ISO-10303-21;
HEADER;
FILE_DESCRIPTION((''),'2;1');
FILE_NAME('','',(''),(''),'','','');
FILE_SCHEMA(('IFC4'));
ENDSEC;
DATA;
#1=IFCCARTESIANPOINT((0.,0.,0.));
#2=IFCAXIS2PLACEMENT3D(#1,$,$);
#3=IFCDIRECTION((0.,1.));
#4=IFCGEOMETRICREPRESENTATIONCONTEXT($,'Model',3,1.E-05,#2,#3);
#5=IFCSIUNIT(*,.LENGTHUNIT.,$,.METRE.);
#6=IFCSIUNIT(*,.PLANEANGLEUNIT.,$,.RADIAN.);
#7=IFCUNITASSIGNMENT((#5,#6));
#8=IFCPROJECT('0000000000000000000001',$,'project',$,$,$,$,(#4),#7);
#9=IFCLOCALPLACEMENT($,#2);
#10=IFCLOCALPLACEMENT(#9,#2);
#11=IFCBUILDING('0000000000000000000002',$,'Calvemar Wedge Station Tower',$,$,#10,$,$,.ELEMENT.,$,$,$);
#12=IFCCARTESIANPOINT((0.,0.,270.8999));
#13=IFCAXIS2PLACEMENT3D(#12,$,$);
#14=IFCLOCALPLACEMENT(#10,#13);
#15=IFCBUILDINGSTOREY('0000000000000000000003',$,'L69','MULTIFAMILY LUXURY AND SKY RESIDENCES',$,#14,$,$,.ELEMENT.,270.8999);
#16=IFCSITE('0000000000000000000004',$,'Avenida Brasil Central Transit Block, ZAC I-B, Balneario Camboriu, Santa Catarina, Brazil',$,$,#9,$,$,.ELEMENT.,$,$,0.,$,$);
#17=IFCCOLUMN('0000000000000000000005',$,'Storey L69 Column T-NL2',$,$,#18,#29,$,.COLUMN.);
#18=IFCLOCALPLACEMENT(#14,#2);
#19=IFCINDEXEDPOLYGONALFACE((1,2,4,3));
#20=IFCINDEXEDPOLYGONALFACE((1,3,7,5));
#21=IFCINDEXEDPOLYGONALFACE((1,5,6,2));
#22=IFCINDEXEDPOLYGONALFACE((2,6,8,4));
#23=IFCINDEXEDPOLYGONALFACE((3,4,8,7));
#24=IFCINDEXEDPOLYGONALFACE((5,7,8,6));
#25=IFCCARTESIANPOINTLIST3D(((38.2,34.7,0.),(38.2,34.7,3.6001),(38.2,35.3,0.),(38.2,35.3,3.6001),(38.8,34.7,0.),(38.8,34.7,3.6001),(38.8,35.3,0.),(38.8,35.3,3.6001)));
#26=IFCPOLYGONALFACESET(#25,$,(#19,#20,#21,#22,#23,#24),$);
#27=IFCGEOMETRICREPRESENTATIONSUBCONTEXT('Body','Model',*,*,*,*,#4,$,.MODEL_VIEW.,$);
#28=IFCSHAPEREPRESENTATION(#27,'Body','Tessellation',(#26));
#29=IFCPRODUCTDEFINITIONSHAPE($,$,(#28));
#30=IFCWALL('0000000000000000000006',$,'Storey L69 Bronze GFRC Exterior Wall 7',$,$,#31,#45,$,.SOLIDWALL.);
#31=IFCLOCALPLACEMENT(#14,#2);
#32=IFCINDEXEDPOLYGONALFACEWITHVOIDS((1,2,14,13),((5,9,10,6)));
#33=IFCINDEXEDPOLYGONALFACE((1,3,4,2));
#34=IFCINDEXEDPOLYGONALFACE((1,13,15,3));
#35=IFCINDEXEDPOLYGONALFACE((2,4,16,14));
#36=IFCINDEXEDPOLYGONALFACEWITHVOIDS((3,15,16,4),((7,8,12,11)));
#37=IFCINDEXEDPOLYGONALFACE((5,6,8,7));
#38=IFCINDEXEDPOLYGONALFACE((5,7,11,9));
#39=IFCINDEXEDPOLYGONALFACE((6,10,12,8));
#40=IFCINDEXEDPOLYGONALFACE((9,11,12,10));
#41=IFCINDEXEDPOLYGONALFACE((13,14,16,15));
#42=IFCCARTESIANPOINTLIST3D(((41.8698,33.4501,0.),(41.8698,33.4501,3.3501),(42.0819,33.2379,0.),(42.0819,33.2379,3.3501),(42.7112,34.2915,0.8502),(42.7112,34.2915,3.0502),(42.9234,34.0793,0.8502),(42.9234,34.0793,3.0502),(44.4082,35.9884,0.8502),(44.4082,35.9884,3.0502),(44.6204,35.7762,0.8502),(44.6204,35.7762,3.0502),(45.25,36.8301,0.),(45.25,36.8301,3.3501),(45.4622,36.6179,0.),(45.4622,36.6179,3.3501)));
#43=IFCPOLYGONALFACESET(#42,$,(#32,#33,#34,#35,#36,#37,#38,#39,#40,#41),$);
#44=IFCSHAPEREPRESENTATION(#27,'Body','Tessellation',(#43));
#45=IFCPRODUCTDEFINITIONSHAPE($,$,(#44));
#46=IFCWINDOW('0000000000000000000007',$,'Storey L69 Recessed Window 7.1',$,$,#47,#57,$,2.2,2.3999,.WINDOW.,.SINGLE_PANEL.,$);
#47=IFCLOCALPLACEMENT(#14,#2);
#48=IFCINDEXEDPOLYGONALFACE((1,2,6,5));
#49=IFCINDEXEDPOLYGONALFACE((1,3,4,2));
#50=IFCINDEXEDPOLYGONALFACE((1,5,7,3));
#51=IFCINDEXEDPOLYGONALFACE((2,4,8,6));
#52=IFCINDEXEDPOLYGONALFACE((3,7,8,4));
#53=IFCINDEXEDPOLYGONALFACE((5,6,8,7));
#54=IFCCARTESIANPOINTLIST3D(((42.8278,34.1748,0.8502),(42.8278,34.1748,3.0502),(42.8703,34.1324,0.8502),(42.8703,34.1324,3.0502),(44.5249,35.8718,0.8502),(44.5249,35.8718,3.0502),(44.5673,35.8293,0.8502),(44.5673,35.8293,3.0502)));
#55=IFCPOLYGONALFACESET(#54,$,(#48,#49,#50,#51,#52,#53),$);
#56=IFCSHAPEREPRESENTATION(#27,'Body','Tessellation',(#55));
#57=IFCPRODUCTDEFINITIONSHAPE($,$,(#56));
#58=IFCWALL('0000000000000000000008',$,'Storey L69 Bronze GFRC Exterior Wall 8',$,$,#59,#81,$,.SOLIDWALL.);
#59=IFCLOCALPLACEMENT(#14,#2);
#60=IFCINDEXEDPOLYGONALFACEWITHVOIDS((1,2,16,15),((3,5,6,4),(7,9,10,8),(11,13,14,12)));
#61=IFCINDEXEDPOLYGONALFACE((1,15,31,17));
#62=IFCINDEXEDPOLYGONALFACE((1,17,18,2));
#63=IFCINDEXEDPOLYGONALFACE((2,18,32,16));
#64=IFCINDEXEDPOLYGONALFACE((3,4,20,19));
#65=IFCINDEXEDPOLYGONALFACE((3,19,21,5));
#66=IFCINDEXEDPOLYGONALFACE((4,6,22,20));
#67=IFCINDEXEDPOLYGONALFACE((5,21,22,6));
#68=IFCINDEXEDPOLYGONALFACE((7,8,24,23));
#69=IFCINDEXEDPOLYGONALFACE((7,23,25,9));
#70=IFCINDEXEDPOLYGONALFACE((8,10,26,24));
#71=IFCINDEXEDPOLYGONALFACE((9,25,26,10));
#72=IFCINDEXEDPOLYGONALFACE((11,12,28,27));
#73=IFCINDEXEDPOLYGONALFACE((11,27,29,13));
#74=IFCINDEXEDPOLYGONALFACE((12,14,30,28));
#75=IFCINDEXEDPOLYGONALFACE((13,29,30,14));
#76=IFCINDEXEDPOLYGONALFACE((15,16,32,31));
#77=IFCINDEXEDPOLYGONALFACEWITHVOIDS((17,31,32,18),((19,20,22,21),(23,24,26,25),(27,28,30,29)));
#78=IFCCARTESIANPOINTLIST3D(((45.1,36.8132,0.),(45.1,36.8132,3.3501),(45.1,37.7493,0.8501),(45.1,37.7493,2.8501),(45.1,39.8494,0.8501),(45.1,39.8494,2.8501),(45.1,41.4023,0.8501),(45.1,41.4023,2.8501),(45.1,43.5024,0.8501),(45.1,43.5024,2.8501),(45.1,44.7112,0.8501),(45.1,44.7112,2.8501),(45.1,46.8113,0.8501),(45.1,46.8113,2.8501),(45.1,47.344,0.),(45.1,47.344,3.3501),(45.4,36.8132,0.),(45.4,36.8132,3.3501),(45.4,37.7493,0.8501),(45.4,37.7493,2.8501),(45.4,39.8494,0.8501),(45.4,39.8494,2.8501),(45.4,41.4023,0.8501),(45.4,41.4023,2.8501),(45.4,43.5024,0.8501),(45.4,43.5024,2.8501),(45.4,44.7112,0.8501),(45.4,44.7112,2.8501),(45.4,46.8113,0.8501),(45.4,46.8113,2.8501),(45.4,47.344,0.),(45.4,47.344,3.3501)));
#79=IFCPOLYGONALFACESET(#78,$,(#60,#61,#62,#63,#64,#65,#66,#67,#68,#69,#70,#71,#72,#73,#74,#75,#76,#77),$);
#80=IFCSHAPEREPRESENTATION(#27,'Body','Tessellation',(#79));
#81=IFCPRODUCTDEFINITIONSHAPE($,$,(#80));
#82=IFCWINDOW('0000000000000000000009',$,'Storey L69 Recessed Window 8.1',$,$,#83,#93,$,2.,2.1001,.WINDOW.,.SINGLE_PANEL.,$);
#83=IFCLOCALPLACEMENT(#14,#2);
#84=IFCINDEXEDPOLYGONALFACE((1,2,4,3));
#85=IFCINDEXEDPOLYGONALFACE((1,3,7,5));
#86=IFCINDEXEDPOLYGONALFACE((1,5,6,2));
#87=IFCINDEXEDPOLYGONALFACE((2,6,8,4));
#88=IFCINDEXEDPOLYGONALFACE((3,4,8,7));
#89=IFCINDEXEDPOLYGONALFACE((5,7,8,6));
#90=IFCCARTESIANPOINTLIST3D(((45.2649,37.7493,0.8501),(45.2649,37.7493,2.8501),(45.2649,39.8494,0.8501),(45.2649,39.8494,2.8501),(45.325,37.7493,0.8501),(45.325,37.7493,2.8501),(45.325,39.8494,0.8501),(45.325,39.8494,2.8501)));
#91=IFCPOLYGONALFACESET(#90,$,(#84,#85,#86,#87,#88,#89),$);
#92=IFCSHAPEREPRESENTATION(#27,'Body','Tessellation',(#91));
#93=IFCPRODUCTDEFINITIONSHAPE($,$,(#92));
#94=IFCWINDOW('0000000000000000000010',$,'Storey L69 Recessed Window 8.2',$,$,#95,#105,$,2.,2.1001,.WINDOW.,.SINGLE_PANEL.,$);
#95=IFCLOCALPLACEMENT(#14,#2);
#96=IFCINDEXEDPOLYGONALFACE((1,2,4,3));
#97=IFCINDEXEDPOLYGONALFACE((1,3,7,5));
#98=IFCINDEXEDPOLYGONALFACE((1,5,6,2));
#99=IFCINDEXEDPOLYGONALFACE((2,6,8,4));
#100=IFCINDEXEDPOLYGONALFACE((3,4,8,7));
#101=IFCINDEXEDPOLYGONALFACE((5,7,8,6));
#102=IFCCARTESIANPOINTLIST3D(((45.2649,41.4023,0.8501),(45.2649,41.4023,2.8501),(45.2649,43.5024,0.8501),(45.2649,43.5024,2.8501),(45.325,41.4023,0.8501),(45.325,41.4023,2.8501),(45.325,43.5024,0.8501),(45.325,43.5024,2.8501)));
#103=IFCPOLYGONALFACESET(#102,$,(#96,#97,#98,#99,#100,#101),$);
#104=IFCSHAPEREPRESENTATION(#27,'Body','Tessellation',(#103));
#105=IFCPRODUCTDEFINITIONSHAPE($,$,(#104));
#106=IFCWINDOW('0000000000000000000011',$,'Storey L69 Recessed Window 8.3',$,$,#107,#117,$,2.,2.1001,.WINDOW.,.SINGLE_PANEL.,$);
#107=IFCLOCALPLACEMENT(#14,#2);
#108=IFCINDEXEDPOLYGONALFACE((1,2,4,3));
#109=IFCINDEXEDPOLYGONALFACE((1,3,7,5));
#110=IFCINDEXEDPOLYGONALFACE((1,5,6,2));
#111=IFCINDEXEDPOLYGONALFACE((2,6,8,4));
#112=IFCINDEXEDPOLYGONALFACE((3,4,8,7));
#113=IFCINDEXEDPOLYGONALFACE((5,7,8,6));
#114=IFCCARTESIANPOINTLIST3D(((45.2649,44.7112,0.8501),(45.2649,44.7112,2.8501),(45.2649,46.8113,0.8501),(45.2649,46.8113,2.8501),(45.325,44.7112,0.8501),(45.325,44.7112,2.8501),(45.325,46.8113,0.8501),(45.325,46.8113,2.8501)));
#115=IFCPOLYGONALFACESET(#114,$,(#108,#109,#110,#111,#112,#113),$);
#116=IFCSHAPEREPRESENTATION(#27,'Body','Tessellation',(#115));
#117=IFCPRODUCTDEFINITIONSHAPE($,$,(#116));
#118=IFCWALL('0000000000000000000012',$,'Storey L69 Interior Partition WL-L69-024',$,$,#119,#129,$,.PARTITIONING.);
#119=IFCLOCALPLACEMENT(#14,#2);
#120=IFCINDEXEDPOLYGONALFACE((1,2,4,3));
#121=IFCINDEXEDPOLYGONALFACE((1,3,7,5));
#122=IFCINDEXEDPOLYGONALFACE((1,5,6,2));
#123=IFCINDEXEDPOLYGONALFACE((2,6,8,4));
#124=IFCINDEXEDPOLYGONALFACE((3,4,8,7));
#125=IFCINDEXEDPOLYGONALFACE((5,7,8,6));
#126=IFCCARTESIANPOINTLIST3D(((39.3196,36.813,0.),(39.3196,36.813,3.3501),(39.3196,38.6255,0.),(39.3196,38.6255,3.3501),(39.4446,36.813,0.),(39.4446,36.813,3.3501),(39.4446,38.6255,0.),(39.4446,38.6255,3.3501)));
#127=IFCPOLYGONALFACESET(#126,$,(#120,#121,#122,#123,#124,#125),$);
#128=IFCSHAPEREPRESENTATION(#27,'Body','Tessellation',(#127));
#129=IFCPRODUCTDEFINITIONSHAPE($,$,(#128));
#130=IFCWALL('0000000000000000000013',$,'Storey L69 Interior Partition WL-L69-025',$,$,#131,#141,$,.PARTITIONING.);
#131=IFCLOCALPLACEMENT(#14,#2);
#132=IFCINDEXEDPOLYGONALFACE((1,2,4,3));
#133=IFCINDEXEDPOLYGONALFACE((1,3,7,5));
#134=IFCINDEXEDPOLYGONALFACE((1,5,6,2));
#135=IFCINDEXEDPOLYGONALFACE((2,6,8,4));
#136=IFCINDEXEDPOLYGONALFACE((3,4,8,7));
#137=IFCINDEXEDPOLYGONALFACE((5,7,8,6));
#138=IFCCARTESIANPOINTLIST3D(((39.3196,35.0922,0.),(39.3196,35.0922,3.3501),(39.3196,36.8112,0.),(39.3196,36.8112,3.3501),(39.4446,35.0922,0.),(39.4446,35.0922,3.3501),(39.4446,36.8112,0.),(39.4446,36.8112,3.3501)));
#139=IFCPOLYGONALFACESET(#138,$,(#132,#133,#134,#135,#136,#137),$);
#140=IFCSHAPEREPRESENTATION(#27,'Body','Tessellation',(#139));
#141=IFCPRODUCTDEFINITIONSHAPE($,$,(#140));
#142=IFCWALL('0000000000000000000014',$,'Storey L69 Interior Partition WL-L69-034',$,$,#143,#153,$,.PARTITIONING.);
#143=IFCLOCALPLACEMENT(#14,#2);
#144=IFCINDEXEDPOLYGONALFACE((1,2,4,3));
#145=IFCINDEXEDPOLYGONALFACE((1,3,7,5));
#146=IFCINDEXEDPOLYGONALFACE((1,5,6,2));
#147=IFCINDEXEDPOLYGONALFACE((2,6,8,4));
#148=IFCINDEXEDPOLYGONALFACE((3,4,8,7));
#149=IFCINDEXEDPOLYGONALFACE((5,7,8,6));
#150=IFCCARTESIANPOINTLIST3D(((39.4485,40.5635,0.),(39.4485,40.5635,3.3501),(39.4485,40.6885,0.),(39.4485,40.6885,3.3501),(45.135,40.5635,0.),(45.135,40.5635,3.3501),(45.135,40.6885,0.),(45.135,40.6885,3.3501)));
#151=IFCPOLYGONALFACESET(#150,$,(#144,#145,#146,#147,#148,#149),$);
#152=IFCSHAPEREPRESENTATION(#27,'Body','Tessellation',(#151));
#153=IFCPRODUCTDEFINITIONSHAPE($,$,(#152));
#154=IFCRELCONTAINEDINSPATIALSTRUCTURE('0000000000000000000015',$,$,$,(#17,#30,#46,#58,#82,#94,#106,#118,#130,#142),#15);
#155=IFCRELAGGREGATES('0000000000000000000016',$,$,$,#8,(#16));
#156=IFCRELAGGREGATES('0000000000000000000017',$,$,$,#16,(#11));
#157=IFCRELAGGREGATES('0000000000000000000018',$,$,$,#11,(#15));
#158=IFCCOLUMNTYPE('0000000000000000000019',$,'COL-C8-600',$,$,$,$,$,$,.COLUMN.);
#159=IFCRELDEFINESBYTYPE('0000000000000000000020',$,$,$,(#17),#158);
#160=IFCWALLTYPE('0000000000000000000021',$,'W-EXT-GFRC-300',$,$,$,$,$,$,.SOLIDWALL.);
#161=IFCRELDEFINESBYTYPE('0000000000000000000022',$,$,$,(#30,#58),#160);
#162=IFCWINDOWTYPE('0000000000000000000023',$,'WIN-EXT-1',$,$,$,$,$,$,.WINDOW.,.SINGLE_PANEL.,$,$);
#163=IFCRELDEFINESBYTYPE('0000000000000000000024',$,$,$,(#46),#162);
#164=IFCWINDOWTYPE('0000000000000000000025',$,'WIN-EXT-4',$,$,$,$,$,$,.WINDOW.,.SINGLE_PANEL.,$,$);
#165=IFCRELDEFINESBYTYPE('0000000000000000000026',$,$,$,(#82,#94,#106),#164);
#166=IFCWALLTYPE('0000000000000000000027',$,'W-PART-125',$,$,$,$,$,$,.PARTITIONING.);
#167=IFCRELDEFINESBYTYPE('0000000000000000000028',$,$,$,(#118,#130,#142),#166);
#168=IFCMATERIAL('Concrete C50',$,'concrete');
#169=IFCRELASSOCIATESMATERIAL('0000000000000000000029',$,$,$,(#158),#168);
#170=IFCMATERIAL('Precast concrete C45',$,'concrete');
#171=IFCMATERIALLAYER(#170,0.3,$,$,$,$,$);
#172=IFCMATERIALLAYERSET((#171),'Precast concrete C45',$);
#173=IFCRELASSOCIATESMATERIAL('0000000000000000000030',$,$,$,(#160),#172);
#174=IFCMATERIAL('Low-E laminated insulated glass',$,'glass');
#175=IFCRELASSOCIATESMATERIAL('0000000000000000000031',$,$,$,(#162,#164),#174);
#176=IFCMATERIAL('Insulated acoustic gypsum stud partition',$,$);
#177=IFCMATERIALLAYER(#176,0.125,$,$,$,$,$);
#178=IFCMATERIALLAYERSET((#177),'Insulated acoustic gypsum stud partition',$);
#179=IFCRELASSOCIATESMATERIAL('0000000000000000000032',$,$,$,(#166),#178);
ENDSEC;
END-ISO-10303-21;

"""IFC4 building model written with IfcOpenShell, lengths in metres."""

from ifc_helpers import new_model, si_unit, direction, frame, frame_2d, origin, origin_2d, place, context, subcontext, project, spatial, rectangle, extrude, source, transform, mapped, material, layer, layer_set, material_profile, profile_set, type_object, element, fill, save


model = new_model("IFC4")

# Units and contexts
model_context = context("Model", 3, precision=1e-05, world=origin(), true_north=direction((0.0, 1.0)))
body_context = subcontext(model_context, "Body", "Model", "MODEL_VIEW")
ifc_project = project(units=[si_unit("LENGTHUNIT", "METRE"), si_unit("PLANEANGLEUNIT", "RADIAN")], contexts=[model_context])

# Site, building, storey
site_placement = place(None, origin())
site = spatial("IfcSite", under=ifc_project, at=site_placement, Name="Avenida Brasil Central Transit Block, ZAC I-B, Balneario Camboriu, Santa Catarina, Brazil", CompositionType="ELEMENT", RefElevation=0.0)
building_placement = place(site_placement, origin())
building = spatial("IfcBuilding", under=site, at=building_placement, Name="Calvemar Wedge Station Tower", CompositionType="ELEMENT")
storey_placement = place(building_placement, frame((0.0, 0.0, 270.8999)))
storey = spatial("IfcBuildingStorey", under=building, at=storey_placement, Name="L69", Description="MULTIFAMILY LUXURY AND SKY RESIDENCES", CompositionType="ELEMENT", Elevation=270.8999)

# Column
ifc_material_1 = material(Name="Concrete C50", Category="concrete")
ifc_material_profile = material_profile(ifc_material_1, rectangle(XDim=0.6001, YDim=0.6001, at=origin_2d()), Name="RC600x600")
ifc_profile_set = profile_set([ifc_material_profile], Name="Concrete C50")
column_type = type_object("IfcColumnType", Name="COL-C8-600", PredefinedType="COLUMN", material=ifc_profile_set)
shared_shape_1 = source(origin(), body_context, "Body", "SweptSolid", [
    extrude(rectangle(XDim=0.6001, YDim=0.6001, at=origin_2d()), origin(), (0.0, 0.0, 1.0), 3.6001),
])
column_placement = place(storey_placement, frame((38.5, 35.0, 0.0), z_axis=(0.0, 0.0, 1.0), x_axis=(1.0, 0.0, 0.0)))
element("IfcColumn", 1, at=column_placement, inside=storey, type_object=column_type, Name="Storey L69 Column T-NL2", PredefinedType="COLUMN", context=body_context, shape_type="MappedRepresentation", body=[
    mapped(shared_shape_1, transform((0.0, 0.0, 0.0), scale=1.0)),
])

# Wall, opening, window
ifc_material_2 = material(Name="Precast concrete C45", Category="concrete")
ifc_layer_1 = layer(ifc_material_2, 0.3)
ifc_layer_set_1 = layer_set([ifc_layer_1], Name="Precast concrete C45")
wall_type_1 = type_object("IfcWallType", Name="W-EXT-GFRC-300", PredefinedType="SOLIDWALL", material=ifc_layer_set_1)
wall_1_placement = place(storey_placement, frame((41.9758, 33.344, 0.0), z_axis=(0.0, 0.0, 1.0), x_axis=(0.707132, 0.707081, 0.0)))
wall_1 = element("IfcWall", 2, at=wall_1_placement, inside=storey, type_object=wall_type_1, Name="Storey L69 Bronze GFRC Exterior Wall 7", PredefinedType="SOLIDWALL", context=body_context, shape_type="SweptSolid", body=[
    extrude(rectangle(XDim=4.7803, YDim=0.3, at=frame_2d((2.3901, 0.0))), origin(), (0.0, 0.0, 1.0), 3.3501),
])
shared_shape_2 = source(origin(), body_context, "Body", "SweptSolid", [
    extrude(rectangle(XDim=2.3999, YDim=2.2, at=frame_2d((1.2, 1.1001))), frame((0.0, 0.1602, 0.0), z_axis=(0.0, -1.0, 0.0), x_axis=(1.0, 0.0, 0.0)), (0.0, 0.0, 1.0), 0.3201),
])
opening_1_placement = place(wall_1_placement, frame((1.1899, 0.0, 0.8501)))
opening_1 = element("IfcOpeningElement", 3, at=opening_1_placement, cuts=wall_1, PredefinedType="OPENING", context=body_context, shape_type="MappedRepresentation", body=[
    mapped(shared_shape_2, transform((0.0, 0.0, 0.0), scale=1.0)),
])
ifc_material_3 = material(Name="Low-E laminated insulated glass", Category="glass")
window_type_1 = type_object("IfcWindowType", Name="WIN-EXT-1", PartitioningType="SINGLE_PANEL", PredefinedType="WINDOW", material=ifc_material_3)
shared_shape_3 = source(origin(), body_context, "Body", "SweptSolid", [
    extrude(rectangle(XDim=2.3999, YDim=2.2, at=frame_2d((1.2, 1.1001))), frame((0.0, -0.0149, 0.0), z_axis=(0.0, -1.0, 0.0), x_axis=(1.0, 0.0, 0.0)), (0.0, 0.0, 1.0), 0.0601),
])
window_1_placement = place(opening_1_placement, origin())
window_1 = element("IfcWindow", 4, at=window_1_placement, inside=storey, type_object=window_type_1, Name="Storey L69 Recessed Window 7.1", OverallHeight=2.2, OverallWidth=2.3999, PartitioningType="SINGLE_PANEL", PredefinedType="WINDOW", context=body_context, shape_type="MappedRepresentation", body=[
    mapped(shared_shape_3, transform((0.0, 0.0, 0.0), scale=1.0)),
])
fill(opening_1, window_1)

# Wall, openings, windows
wall_2_placement = place(storey_placement, frame((45.25, 36.8132, 0.0), z_axis=(0.0, 0.0, 1.0), x_axis=(0.0, 1.0, 0.0)))
wall_2 = element("IfcWall", 5, at=wall_2_placement, inside=storey, type_object=wall_type_1, Name="Storey L69 Bronze GFRC Exterior Wall 8", PredefinedType="SOLIDWALL", context=body_context, shape_type="SweptSolid", body=[
    extrude(rectangle(XDim=10.5308, YDim=0.3, at=frame_2d((5.2654, 0.0))), origin(), (0.0, 0.0, 1.0), 3.3501),
])
shared_shape_4 = source(origin(), body_context, "Body", "SweptSolid", [
    extrude(rectangle(XDim=2.1001, YDim=2.0, at=frame_2d((1.05, 1.0))), frame((0.0, 0.1602, 0.0), z_axis=(0.0, -1.0, 0.0), x_axis=(1.0, 0.0, 0.0)), (0.0, 0.0, 1.0), 0.3201),
])
opening_2_placement = place(wall_2_placement, frame((0.936, 0.0, 0.8501)))
opening_2 = element("IfcOpeningElement", 6, at=opening_2_placement, cuts=wall_2, PredefinedType="OPENING", context=body_context, shape_type="MappedRepresentation", body=[
    mapped(shared_shape_4, transform((0.0, 0.0, 0.0), scale=1.0)),
])
opening_3_placement = place(wall_2_placement, frame((4.5891, 0.0, 0.8501)))
opening_3 = element("IfcOpeningElement", 7, at=opening_3_placement, cuts=wall_2, PredefinedType="OPENING", context=body_context, shape_type="MappedRepresentation", body=[
    mapped(shared_shape_4, transform((0.0, 0.0, 0.0), scale=1.0)),
])
opening_4_placement = place(wall_2_placement, frame((7.8979, 0.0, 0.8501)))
opening_4 = element("IfcOpeningElement", 8, at=opening_4_placement, cuts=wall_2, PredefinedType="OPENING", context=body_context, shape_type="MappedRepresentation", body=[
    mapped(shared_shape_4, transform((0.0, 0.0, 0.0), scale=1.0)),
])
window_type_2 = type_object("IfcWindowType", Name="WIN-EXT-4", PartitioningType="SINGLE_PANEL", PredefinedType="WINDOW", material=ifc_material_3)
shared_shape_5 = source(origin(), body_context, "Body", "SweptSolid", [
    extrude(rectangle(XDim=2.1001, YDim=2.0, at=frame_2d((1.05, 1.0))), frame((0.0, -0.0149, 0.0), z_axis=(0.0, -1.0, 0.0), x_axis=(1.0, 0.0, 0.0)), (0.0, 0.0, 1.0), 0.0601),
])
window_2_placement = place(opening_2_placement, origin())
window_2 = element("IfcWindow", 9, at=window_2_placement, inside=storey, type_object=window_type_2, Name="Storey L69 Recessed Window 8.1", OverallHeight=2.0, OverallWidth=2.1001, PartitioningType="SINGLE_PANEL", PredefinedType="WINDOW", context=body_context, shape_type="MappedRepresentation", body=[
    mapped(shared_shape_5, transform((0.0, 0.0, 0.0), scale=1.0)),
])
fill(opening_2, window_2)
window_3_placement = place(opening_3_placement, origin())
window_3 = element("IfcWindow", 10, at=window_3_placement, inside=storey, type_object=window_type_2, Name="Storey L69 Recessed Window 8.2", OverallHeight=2.0, OverallWidth=2.1001, PartitioningType="SINGLE_PANEL", PredefinedType="WINDOW", context=body_context, shape_type="MappedRepresentation", body=[
    mapped(shared_shape_5, transform((0.0, 0.0, 0.0), scale=1.0)),
])
fill(opening_3, window_3)
window_4_placement = place(opening_4_placement, origin())
window_4 = element("IfcWindow", 11, at=window_4_placement, inside=storey, type_object=window_type_2, Name="Storey L69 Recessed Window 8.3", OverallHeight=2.0, OverallWidth=2.1001, PartitioningType="SINGLE_PANEL", PredefinedType="WINDOW", context=body_context, shape_type="MappedRepresentation", body=[
    mapped(shared_shape_5, transform((0.0, 0.0, 0.0), scale=1.0)),
])
fill(opening_4, window_4)

# Walls
ifc_material_4 = material(Name="Insulated acoustic gypsum stud partition")
ifc_layer_2 = layer(ifc_material_4, 0.125)
ifc_layer_set_2 = layer_set([ifc_layer_2], Name="Insulated acoustic gypsum stud partition")
wall_type_2 = type_object("IfcWallType", Name="W-PART-125", PredefinedType="PARTITIONING", material=ifc_layer_set_2)
wall_3_placement = place(storey_placement, frame((39.3821, 38.6255, 0.0), z_axis=(0.0, 0.0, 1.0), x_axis=(0.0, -1.0, 0.0)))
element("IfcWall", 12, at=wall_3_placement, inside=storey, type_object=wall_type_2, Name="Storey L69 Interior Partition WL-L69-024", PredefinedType="PARTITIONING", context=body_context, shape_type="SweptSolid", body=[
    extrude(rectangle(XDim=1.8125, YDim=0.125, at=frame_2d((0.9062, 0.0))), origin(), (0.0, 0.0, 1.0), 3.3501),
])
wall_4_placement = place(storey_placement, frame((39.3821, 36.811, 0.0), z_axis=(0.0, 0.0, 1.0), x_axis=(0.0, -1.0, 0.0)))
element("IfcWall", 13, at=wall_4_placement, inside=storey, type_object=wall_type_2, Name="Storey L69 Interior Partition WL-L69-025", PredefinedType="PARTITIONING", context=body_context, shape_type="SweptSolid", body=[
    extrude(rectangle(XDim=1.719, YDim=0.125, at=frame_2d((0.8594, 0.0))), origin(), (0.0, 0.0, 1.0), 3.3501),
])

# Wall
wall_5_placement = place(storey_placement, frame((45.135, 40.626, 0.0), z_axis=(0.0, 0.0, 1.0), x_axis=(-1.0, 0.0, 0.0)))
element("IfcWall", 14, at=wall_5_placement, inside=storey, type_object=wall_type_2, Name="Storey L69 Interior Partition WL-L69-034", PredefinedType="PARTITIONING", context=body_context, shape_type="SweptSolid", body=[
    extrude(rectangle(XDim=5.6865, YDim=0.125, at=frame_2d((2.8433, 0.0))), origin(), (0.0, 0.0, 1.0), 3.3501),
])

save(model, "model.ifc")
